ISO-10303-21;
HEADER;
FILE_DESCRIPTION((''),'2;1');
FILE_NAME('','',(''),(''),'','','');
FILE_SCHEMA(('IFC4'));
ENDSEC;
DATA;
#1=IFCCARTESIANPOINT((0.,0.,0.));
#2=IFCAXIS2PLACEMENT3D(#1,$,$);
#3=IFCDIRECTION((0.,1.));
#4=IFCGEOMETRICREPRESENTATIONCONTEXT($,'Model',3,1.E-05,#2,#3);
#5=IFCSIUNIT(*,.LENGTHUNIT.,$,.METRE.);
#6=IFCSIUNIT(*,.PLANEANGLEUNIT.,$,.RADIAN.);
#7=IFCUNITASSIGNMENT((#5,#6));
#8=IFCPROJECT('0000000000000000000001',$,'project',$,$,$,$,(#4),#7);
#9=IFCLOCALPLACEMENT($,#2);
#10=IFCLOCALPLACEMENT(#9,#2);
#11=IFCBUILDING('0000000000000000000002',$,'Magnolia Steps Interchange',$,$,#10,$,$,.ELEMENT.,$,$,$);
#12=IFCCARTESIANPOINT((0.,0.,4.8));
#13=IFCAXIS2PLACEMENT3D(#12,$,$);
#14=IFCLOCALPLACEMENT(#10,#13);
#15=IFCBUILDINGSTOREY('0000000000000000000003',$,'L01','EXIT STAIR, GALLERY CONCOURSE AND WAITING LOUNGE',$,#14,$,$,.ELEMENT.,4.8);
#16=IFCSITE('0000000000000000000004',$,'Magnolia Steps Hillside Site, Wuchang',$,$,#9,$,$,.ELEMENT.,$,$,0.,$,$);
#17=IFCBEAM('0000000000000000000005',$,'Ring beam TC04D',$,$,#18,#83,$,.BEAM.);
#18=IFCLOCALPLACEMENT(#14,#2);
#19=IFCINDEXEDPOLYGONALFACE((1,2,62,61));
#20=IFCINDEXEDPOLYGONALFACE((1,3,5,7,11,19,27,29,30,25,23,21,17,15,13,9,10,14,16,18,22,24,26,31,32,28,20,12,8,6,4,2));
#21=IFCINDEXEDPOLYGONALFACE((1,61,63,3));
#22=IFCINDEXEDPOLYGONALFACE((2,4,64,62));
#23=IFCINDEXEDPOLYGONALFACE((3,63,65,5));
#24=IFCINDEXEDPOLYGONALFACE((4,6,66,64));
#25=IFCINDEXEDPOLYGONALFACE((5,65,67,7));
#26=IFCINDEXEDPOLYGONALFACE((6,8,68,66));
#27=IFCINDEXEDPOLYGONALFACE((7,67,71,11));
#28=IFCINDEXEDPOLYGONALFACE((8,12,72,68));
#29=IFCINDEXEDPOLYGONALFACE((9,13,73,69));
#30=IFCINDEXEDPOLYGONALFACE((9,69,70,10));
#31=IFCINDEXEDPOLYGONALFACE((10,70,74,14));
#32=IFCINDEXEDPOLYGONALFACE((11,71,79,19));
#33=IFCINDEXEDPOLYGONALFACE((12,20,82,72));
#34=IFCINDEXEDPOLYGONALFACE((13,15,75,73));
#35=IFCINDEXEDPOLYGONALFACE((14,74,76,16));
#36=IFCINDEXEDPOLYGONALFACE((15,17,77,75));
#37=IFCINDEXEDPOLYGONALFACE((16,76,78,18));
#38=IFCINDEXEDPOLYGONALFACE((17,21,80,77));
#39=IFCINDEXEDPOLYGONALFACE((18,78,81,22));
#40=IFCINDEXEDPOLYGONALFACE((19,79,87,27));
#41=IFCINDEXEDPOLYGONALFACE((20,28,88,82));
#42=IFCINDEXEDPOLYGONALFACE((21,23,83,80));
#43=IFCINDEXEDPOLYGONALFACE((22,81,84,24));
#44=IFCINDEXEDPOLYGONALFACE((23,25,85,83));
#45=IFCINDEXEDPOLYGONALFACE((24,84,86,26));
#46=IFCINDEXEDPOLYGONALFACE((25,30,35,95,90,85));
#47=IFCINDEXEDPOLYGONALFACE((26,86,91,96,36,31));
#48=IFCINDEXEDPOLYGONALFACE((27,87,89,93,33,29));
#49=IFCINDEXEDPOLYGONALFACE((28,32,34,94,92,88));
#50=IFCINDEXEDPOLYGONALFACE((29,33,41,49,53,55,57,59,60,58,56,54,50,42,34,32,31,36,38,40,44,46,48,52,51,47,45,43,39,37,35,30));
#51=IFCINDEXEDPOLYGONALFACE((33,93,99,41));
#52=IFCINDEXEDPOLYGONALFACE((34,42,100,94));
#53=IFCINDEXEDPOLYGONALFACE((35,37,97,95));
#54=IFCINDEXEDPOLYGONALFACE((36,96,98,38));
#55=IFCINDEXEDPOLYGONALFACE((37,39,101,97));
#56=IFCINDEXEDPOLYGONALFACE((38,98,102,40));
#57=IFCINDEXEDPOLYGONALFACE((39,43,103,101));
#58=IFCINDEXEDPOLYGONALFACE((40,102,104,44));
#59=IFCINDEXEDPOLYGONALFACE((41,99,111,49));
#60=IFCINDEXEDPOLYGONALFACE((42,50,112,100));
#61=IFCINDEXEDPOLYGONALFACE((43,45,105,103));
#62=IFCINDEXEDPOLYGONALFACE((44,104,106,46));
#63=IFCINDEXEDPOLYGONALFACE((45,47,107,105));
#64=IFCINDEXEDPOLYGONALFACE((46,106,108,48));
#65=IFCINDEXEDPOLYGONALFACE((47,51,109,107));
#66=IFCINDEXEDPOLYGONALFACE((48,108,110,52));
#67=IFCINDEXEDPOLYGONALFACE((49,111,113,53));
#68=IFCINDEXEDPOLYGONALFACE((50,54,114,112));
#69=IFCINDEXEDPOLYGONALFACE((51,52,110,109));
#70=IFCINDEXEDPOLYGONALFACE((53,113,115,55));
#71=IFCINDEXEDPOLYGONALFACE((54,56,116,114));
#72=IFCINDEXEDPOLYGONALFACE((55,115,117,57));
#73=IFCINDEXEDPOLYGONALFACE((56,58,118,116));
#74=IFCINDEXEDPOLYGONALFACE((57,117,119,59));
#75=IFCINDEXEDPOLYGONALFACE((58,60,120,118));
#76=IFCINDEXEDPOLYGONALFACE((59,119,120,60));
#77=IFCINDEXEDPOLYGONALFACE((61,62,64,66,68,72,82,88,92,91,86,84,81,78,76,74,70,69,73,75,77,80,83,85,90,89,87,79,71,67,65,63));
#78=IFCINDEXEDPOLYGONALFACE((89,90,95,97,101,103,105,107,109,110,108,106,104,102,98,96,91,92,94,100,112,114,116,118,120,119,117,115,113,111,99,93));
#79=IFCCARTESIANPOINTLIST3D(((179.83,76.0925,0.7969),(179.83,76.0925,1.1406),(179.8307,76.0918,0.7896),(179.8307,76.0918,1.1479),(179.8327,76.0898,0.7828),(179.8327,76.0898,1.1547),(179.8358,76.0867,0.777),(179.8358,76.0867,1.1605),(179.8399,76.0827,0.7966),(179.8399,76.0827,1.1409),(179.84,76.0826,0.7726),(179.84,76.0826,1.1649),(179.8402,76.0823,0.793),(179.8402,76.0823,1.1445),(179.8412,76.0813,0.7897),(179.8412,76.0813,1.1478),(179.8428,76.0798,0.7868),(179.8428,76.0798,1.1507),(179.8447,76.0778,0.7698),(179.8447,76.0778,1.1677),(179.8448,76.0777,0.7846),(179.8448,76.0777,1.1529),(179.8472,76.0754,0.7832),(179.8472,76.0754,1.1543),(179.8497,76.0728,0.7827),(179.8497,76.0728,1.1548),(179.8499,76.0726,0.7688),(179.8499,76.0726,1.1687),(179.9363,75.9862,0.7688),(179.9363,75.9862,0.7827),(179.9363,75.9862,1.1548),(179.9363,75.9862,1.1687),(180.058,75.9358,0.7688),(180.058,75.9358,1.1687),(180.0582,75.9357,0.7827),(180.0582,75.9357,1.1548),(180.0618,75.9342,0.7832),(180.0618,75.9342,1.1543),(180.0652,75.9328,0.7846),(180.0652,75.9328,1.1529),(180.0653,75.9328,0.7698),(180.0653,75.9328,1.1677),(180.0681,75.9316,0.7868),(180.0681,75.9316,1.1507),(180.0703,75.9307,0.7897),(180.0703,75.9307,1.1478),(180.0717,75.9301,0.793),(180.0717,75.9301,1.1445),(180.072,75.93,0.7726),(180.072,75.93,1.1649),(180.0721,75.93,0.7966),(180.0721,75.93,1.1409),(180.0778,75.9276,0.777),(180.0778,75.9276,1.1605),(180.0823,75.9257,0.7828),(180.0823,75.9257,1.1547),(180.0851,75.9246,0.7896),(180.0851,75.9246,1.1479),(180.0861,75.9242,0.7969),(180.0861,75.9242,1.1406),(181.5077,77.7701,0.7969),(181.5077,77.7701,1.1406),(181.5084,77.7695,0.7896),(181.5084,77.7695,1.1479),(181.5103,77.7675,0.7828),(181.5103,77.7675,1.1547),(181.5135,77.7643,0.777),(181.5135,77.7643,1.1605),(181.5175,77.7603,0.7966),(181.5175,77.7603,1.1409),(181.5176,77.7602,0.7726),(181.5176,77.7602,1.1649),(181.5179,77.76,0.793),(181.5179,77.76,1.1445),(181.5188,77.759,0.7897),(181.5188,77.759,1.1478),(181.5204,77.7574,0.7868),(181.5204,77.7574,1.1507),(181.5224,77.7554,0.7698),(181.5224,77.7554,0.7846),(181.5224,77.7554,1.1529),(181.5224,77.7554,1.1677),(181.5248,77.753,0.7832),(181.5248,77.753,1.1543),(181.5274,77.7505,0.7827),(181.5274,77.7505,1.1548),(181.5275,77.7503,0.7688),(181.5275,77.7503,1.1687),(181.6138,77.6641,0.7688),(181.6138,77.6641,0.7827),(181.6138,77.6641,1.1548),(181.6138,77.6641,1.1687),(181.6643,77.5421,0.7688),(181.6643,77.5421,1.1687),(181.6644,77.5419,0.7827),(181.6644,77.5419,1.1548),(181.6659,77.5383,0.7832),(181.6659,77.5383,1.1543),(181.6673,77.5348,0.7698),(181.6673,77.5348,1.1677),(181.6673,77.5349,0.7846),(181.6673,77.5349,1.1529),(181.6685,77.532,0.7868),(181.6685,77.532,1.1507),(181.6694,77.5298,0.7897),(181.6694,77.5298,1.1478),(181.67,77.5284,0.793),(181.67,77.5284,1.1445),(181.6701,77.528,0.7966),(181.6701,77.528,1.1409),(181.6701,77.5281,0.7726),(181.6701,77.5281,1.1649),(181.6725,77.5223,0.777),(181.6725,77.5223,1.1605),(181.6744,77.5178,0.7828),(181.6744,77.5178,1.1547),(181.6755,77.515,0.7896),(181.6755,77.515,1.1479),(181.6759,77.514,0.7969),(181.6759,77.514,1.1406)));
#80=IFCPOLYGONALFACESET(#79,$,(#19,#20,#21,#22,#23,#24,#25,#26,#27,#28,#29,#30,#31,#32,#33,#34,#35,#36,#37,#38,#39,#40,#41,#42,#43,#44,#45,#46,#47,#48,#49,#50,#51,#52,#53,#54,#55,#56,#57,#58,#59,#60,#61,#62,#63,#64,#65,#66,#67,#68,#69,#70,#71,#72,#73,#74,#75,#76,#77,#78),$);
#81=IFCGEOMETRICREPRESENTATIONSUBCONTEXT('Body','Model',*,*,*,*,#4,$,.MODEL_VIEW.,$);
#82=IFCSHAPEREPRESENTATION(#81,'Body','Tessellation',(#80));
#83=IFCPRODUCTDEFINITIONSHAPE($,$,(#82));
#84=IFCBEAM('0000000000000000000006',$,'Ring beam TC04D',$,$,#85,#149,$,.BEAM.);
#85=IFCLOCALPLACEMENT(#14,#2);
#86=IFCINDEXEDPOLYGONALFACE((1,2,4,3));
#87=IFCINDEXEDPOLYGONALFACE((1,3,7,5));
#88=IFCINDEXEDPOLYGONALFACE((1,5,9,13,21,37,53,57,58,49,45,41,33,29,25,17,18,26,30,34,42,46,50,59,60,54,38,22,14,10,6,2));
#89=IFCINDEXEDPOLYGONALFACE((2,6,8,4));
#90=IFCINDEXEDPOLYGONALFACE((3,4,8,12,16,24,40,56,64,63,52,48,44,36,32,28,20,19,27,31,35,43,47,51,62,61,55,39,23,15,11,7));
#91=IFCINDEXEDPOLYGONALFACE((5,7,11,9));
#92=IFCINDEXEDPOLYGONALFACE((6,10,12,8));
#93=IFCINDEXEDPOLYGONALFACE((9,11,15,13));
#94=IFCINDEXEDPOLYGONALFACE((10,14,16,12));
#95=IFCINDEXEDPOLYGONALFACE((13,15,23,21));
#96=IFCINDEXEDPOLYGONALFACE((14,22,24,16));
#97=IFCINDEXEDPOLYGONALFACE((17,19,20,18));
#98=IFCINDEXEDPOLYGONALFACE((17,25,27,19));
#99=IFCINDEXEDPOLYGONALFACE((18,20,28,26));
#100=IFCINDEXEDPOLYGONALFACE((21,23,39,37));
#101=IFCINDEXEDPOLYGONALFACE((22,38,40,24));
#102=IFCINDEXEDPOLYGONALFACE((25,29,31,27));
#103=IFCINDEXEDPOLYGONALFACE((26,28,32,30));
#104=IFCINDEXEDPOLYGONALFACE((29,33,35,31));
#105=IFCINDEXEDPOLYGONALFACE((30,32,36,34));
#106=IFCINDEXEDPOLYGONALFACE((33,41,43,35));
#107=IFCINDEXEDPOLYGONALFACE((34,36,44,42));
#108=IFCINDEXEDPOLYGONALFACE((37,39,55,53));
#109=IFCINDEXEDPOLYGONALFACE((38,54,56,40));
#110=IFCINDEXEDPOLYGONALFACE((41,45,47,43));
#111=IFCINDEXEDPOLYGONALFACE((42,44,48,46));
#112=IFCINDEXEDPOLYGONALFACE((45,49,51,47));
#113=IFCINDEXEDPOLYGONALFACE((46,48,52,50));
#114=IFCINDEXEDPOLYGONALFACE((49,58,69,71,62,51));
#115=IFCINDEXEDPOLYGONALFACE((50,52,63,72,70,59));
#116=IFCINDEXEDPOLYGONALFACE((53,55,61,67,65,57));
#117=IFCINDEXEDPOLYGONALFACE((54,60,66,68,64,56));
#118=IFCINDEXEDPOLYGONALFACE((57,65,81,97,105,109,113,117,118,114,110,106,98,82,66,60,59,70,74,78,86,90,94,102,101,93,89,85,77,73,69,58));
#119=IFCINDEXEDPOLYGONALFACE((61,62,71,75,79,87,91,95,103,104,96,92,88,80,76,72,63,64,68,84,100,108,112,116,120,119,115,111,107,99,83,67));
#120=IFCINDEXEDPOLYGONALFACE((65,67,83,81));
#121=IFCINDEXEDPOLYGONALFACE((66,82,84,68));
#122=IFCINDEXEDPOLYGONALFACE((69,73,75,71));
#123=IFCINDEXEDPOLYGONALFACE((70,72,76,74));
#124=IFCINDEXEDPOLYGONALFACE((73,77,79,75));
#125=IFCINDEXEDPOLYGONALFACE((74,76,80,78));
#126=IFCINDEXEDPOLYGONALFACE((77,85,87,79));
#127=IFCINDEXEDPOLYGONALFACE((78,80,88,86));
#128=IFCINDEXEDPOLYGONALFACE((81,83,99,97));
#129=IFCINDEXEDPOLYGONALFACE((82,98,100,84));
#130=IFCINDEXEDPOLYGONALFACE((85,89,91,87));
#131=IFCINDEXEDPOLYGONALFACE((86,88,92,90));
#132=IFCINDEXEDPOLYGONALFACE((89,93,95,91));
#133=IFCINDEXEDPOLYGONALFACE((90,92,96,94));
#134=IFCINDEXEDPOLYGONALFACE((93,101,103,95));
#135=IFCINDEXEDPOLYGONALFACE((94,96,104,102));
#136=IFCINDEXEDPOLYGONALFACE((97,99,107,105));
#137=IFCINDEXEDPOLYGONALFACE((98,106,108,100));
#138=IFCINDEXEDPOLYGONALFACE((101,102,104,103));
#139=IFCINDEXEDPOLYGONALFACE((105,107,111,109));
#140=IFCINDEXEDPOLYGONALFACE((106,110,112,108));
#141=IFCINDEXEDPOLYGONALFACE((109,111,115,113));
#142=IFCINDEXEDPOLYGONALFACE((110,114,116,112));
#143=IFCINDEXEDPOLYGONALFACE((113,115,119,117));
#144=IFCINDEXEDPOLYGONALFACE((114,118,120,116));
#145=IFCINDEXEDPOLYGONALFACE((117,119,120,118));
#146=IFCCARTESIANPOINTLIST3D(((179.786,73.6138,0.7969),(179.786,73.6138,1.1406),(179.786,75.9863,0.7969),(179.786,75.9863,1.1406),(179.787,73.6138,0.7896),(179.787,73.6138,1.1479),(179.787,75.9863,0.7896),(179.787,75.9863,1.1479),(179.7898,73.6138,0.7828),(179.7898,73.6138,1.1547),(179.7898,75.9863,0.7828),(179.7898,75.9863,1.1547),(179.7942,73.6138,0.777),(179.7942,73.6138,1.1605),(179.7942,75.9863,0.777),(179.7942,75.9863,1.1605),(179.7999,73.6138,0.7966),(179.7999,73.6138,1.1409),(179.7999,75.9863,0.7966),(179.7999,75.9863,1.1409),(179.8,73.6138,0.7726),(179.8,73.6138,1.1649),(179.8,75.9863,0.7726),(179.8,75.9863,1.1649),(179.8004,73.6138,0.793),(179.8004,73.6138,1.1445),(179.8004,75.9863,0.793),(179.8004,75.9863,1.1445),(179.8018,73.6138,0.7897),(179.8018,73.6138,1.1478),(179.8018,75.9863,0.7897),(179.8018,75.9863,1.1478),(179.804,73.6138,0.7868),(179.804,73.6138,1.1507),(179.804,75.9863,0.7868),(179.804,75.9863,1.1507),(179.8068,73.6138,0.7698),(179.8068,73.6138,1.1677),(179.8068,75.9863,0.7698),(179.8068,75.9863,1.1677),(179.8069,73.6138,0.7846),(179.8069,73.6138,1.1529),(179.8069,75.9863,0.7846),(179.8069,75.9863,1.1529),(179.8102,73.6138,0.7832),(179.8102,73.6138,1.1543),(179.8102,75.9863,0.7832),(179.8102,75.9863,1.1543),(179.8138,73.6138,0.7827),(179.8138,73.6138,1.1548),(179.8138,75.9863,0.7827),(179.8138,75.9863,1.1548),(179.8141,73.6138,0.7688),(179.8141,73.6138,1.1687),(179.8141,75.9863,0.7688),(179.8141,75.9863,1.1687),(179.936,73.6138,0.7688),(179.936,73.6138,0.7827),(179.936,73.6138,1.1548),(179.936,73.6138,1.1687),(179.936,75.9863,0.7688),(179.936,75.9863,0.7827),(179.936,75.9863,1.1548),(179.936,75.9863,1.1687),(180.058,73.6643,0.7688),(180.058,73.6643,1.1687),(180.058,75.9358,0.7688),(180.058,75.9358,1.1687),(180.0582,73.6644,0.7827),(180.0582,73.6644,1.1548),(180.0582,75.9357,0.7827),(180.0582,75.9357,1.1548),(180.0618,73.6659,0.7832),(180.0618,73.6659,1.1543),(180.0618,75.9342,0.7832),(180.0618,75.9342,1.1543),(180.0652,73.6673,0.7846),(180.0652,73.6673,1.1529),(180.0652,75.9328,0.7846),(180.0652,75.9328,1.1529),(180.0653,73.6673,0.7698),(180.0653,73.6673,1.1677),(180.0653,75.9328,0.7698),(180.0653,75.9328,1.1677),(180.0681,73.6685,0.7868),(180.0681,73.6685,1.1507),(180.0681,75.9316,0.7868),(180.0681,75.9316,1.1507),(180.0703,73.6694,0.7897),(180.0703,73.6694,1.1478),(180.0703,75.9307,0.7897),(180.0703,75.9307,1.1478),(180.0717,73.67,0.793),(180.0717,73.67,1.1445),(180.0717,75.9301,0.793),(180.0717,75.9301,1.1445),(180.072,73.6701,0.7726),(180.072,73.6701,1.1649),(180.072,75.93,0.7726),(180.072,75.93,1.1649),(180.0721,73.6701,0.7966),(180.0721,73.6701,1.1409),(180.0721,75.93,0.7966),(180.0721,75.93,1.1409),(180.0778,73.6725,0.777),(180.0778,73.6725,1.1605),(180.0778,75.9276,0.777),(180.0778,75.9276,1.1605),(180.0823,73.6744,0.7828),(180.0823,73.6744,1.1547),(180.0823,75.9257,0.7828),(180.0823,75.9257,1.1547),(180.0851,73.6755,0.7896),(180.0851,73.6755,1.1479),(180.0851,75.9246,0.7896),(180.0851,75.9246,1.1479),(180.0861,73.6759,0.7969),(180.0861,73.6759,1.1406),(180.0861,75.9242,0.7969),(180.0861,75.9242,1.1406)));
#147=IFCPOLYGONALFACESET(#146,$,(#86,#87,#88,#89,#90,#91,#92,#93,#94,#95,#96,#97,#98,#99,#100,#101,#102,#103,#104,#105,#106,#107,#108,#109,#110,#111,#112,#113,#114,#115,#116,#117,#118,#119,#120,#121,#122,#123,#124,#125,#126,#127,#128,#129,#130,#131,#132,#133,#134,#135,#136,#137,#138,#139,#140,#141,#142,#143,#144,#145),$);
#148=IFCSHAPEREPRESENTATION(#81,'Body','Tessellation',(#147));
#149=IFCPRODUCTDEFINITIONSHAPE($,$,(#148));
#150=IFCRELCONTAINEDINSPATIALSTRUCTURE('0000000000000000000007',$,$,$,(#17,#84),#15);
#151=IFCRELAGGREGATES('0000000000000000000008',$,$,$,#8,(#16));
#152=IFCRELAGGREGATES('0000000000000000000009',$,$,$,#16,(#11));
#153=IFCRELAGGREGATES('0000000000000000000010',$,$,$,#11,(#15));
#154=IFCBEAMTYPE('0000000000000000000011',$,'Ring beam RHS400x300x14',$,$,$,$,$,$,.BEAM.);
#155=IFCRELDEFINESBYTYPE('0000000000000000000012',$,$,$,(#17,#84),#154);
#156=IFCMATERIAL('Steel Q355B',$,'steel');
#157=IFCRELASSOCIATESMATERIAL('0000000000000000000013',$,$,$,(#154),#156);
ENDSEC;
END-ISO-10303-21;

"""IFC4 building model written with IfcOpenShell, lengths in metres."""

from ifc_helpers import new_model, si_unit, direction, frame, origin, origin_2d, place, context, subcontext, project, spatial, hollow_rectangle, extrude, clip, halfspace, material, material_profile, profile_set, type_object, element, save


model = new_model("IFC4")

# Units and contexts
model_context = context("Model", 3, precision=1e-05, world=origin(), true_north=direction((0.0, 1.0)))
body_context = subcontext(model_context, "Body", "Model", "MODEL_VIEW")
ifc_project = project(units=[si_unit("LENGTHUNIT", "METRE"), si_unit("PLANEANGLEUNIT", "RADIAN")], contexts=[model_context])

# Site, building, storey
site_placement = place(None, origin())
site = spatial("IfcSite", under=ifc_project, at=site_placement, Name="Magnolia Steps Hillside Site, Wuchang", CompositionType="ELEMENT", RefElevation=0.0)
building_placement = place(site_placement, origin())
building = spatial("IfcBuilding", under=site, at=building_placement, Name="Magnolia Steps Interchange", CompositionType="ELEMENT")
storey_placement = place(building_placement, frame((0.0, 0.0, 4.8)))
storey = spatial("IfcBuildingStorey", under=building, at=storey_placement, Name="L01", Description="EXIT STAIR, GALLERY CONCOURSE AND WAITING LOUNGE", CompositionType="ELEMENT", Elevation=4.8)

# Beams
ifc_material_1 = material(Name="Steel Q355B", Category="steel")
ifc_material_profile_1 = material_profile(ifc_material_1, hollow_rectangle(XDim=0.3, YDim=0.3999, WallThickness=0.0139, InnerFilletRadius=0.0139, OuterFilletRadius=0.0281, at=origin_2d()), Name="RHS400x300x14")
ifc_profile_set_1 = profile_set([ifc_material_profile_1], Name="Steel Q355B")
beam_type_1 = type_object("IfcBeamType", Name="Ring beam RHS400x300x14", PredefinedType="BEAM", material=ifc_profile_set_1)
beam_1_placement = place(storey_placement, frame((181.6138, 77.6641, 0.9688), z_axis=(-0.707107, -0.707107, 0.0), x_axis=(0.707107, -0.707107, 0.0)))
element("IfcBeam", 1, at=beam_1_placement, inside=storey, type_object=beam_type_1, Name="Ring beam TC04D", PredefinedType="BEAM", context=body_context, shape_type="Clipping", body=[
    clip(clip(extrude(hollow_rectangle(XDim=0.3, YDim=0.3999, WallThickness=0.0139, InnerFilletRadius=0.0139, OuterFilletRadius=0.0281, at=origin_2d()), origin(), (0.0, 0.0, 1.0), 2.3726), halfspace(frame((0.0, 0.0, 0.0), z_axis=(0.382683, 0.0, -0.92388), x_axis=(0.92388, 0.0, 0.382683)), False)), halfspace(frame((0.0, 0.0, 2.3727), z_axis=(0.382683, 0.0, 0.92388), x_axis=(0.92388, 0.0, -0.382683)), False)),
])
beam_2_placement = place(storey_placement, frame((179.936, 75.9863, 0.9688), z_axis=(0.0, -1.0, 0.0), x_axis=(1.0, 0.0, 0.0)))
element("IfcBeam", 2, at=beam_2_placement, inside=storey, type_object=beam_type_1, Name="Ring beam TC04D", PredefinedType="BEAM", context=body_context, shape_type="Clipping", body=[
    clip(clip(extrude(hollow_rectangle(XDim=0.3, YDim=0.3999, WallThickness=0.0139, InnerFilletRadius=0.0139, OuterFilletRadius=0.0281, at=origin_2d()), origin(), (0.0, 0.0, 1.0), 2.3726), halfspace(frame((0.0, 0.0, 0.0), z_axis=(0.382683, 0.0, -0.92388), x_axis=(0.92388, 0.0, 0.382683)), False)), halfspace(frame((0.0, 0.0, 2.3726), z_axis=(0.382683, 0.0, 0.92388), x_axis=(0.92388, 0.0, -0.382683)), False)),
])

save(model, "model.ifc")
